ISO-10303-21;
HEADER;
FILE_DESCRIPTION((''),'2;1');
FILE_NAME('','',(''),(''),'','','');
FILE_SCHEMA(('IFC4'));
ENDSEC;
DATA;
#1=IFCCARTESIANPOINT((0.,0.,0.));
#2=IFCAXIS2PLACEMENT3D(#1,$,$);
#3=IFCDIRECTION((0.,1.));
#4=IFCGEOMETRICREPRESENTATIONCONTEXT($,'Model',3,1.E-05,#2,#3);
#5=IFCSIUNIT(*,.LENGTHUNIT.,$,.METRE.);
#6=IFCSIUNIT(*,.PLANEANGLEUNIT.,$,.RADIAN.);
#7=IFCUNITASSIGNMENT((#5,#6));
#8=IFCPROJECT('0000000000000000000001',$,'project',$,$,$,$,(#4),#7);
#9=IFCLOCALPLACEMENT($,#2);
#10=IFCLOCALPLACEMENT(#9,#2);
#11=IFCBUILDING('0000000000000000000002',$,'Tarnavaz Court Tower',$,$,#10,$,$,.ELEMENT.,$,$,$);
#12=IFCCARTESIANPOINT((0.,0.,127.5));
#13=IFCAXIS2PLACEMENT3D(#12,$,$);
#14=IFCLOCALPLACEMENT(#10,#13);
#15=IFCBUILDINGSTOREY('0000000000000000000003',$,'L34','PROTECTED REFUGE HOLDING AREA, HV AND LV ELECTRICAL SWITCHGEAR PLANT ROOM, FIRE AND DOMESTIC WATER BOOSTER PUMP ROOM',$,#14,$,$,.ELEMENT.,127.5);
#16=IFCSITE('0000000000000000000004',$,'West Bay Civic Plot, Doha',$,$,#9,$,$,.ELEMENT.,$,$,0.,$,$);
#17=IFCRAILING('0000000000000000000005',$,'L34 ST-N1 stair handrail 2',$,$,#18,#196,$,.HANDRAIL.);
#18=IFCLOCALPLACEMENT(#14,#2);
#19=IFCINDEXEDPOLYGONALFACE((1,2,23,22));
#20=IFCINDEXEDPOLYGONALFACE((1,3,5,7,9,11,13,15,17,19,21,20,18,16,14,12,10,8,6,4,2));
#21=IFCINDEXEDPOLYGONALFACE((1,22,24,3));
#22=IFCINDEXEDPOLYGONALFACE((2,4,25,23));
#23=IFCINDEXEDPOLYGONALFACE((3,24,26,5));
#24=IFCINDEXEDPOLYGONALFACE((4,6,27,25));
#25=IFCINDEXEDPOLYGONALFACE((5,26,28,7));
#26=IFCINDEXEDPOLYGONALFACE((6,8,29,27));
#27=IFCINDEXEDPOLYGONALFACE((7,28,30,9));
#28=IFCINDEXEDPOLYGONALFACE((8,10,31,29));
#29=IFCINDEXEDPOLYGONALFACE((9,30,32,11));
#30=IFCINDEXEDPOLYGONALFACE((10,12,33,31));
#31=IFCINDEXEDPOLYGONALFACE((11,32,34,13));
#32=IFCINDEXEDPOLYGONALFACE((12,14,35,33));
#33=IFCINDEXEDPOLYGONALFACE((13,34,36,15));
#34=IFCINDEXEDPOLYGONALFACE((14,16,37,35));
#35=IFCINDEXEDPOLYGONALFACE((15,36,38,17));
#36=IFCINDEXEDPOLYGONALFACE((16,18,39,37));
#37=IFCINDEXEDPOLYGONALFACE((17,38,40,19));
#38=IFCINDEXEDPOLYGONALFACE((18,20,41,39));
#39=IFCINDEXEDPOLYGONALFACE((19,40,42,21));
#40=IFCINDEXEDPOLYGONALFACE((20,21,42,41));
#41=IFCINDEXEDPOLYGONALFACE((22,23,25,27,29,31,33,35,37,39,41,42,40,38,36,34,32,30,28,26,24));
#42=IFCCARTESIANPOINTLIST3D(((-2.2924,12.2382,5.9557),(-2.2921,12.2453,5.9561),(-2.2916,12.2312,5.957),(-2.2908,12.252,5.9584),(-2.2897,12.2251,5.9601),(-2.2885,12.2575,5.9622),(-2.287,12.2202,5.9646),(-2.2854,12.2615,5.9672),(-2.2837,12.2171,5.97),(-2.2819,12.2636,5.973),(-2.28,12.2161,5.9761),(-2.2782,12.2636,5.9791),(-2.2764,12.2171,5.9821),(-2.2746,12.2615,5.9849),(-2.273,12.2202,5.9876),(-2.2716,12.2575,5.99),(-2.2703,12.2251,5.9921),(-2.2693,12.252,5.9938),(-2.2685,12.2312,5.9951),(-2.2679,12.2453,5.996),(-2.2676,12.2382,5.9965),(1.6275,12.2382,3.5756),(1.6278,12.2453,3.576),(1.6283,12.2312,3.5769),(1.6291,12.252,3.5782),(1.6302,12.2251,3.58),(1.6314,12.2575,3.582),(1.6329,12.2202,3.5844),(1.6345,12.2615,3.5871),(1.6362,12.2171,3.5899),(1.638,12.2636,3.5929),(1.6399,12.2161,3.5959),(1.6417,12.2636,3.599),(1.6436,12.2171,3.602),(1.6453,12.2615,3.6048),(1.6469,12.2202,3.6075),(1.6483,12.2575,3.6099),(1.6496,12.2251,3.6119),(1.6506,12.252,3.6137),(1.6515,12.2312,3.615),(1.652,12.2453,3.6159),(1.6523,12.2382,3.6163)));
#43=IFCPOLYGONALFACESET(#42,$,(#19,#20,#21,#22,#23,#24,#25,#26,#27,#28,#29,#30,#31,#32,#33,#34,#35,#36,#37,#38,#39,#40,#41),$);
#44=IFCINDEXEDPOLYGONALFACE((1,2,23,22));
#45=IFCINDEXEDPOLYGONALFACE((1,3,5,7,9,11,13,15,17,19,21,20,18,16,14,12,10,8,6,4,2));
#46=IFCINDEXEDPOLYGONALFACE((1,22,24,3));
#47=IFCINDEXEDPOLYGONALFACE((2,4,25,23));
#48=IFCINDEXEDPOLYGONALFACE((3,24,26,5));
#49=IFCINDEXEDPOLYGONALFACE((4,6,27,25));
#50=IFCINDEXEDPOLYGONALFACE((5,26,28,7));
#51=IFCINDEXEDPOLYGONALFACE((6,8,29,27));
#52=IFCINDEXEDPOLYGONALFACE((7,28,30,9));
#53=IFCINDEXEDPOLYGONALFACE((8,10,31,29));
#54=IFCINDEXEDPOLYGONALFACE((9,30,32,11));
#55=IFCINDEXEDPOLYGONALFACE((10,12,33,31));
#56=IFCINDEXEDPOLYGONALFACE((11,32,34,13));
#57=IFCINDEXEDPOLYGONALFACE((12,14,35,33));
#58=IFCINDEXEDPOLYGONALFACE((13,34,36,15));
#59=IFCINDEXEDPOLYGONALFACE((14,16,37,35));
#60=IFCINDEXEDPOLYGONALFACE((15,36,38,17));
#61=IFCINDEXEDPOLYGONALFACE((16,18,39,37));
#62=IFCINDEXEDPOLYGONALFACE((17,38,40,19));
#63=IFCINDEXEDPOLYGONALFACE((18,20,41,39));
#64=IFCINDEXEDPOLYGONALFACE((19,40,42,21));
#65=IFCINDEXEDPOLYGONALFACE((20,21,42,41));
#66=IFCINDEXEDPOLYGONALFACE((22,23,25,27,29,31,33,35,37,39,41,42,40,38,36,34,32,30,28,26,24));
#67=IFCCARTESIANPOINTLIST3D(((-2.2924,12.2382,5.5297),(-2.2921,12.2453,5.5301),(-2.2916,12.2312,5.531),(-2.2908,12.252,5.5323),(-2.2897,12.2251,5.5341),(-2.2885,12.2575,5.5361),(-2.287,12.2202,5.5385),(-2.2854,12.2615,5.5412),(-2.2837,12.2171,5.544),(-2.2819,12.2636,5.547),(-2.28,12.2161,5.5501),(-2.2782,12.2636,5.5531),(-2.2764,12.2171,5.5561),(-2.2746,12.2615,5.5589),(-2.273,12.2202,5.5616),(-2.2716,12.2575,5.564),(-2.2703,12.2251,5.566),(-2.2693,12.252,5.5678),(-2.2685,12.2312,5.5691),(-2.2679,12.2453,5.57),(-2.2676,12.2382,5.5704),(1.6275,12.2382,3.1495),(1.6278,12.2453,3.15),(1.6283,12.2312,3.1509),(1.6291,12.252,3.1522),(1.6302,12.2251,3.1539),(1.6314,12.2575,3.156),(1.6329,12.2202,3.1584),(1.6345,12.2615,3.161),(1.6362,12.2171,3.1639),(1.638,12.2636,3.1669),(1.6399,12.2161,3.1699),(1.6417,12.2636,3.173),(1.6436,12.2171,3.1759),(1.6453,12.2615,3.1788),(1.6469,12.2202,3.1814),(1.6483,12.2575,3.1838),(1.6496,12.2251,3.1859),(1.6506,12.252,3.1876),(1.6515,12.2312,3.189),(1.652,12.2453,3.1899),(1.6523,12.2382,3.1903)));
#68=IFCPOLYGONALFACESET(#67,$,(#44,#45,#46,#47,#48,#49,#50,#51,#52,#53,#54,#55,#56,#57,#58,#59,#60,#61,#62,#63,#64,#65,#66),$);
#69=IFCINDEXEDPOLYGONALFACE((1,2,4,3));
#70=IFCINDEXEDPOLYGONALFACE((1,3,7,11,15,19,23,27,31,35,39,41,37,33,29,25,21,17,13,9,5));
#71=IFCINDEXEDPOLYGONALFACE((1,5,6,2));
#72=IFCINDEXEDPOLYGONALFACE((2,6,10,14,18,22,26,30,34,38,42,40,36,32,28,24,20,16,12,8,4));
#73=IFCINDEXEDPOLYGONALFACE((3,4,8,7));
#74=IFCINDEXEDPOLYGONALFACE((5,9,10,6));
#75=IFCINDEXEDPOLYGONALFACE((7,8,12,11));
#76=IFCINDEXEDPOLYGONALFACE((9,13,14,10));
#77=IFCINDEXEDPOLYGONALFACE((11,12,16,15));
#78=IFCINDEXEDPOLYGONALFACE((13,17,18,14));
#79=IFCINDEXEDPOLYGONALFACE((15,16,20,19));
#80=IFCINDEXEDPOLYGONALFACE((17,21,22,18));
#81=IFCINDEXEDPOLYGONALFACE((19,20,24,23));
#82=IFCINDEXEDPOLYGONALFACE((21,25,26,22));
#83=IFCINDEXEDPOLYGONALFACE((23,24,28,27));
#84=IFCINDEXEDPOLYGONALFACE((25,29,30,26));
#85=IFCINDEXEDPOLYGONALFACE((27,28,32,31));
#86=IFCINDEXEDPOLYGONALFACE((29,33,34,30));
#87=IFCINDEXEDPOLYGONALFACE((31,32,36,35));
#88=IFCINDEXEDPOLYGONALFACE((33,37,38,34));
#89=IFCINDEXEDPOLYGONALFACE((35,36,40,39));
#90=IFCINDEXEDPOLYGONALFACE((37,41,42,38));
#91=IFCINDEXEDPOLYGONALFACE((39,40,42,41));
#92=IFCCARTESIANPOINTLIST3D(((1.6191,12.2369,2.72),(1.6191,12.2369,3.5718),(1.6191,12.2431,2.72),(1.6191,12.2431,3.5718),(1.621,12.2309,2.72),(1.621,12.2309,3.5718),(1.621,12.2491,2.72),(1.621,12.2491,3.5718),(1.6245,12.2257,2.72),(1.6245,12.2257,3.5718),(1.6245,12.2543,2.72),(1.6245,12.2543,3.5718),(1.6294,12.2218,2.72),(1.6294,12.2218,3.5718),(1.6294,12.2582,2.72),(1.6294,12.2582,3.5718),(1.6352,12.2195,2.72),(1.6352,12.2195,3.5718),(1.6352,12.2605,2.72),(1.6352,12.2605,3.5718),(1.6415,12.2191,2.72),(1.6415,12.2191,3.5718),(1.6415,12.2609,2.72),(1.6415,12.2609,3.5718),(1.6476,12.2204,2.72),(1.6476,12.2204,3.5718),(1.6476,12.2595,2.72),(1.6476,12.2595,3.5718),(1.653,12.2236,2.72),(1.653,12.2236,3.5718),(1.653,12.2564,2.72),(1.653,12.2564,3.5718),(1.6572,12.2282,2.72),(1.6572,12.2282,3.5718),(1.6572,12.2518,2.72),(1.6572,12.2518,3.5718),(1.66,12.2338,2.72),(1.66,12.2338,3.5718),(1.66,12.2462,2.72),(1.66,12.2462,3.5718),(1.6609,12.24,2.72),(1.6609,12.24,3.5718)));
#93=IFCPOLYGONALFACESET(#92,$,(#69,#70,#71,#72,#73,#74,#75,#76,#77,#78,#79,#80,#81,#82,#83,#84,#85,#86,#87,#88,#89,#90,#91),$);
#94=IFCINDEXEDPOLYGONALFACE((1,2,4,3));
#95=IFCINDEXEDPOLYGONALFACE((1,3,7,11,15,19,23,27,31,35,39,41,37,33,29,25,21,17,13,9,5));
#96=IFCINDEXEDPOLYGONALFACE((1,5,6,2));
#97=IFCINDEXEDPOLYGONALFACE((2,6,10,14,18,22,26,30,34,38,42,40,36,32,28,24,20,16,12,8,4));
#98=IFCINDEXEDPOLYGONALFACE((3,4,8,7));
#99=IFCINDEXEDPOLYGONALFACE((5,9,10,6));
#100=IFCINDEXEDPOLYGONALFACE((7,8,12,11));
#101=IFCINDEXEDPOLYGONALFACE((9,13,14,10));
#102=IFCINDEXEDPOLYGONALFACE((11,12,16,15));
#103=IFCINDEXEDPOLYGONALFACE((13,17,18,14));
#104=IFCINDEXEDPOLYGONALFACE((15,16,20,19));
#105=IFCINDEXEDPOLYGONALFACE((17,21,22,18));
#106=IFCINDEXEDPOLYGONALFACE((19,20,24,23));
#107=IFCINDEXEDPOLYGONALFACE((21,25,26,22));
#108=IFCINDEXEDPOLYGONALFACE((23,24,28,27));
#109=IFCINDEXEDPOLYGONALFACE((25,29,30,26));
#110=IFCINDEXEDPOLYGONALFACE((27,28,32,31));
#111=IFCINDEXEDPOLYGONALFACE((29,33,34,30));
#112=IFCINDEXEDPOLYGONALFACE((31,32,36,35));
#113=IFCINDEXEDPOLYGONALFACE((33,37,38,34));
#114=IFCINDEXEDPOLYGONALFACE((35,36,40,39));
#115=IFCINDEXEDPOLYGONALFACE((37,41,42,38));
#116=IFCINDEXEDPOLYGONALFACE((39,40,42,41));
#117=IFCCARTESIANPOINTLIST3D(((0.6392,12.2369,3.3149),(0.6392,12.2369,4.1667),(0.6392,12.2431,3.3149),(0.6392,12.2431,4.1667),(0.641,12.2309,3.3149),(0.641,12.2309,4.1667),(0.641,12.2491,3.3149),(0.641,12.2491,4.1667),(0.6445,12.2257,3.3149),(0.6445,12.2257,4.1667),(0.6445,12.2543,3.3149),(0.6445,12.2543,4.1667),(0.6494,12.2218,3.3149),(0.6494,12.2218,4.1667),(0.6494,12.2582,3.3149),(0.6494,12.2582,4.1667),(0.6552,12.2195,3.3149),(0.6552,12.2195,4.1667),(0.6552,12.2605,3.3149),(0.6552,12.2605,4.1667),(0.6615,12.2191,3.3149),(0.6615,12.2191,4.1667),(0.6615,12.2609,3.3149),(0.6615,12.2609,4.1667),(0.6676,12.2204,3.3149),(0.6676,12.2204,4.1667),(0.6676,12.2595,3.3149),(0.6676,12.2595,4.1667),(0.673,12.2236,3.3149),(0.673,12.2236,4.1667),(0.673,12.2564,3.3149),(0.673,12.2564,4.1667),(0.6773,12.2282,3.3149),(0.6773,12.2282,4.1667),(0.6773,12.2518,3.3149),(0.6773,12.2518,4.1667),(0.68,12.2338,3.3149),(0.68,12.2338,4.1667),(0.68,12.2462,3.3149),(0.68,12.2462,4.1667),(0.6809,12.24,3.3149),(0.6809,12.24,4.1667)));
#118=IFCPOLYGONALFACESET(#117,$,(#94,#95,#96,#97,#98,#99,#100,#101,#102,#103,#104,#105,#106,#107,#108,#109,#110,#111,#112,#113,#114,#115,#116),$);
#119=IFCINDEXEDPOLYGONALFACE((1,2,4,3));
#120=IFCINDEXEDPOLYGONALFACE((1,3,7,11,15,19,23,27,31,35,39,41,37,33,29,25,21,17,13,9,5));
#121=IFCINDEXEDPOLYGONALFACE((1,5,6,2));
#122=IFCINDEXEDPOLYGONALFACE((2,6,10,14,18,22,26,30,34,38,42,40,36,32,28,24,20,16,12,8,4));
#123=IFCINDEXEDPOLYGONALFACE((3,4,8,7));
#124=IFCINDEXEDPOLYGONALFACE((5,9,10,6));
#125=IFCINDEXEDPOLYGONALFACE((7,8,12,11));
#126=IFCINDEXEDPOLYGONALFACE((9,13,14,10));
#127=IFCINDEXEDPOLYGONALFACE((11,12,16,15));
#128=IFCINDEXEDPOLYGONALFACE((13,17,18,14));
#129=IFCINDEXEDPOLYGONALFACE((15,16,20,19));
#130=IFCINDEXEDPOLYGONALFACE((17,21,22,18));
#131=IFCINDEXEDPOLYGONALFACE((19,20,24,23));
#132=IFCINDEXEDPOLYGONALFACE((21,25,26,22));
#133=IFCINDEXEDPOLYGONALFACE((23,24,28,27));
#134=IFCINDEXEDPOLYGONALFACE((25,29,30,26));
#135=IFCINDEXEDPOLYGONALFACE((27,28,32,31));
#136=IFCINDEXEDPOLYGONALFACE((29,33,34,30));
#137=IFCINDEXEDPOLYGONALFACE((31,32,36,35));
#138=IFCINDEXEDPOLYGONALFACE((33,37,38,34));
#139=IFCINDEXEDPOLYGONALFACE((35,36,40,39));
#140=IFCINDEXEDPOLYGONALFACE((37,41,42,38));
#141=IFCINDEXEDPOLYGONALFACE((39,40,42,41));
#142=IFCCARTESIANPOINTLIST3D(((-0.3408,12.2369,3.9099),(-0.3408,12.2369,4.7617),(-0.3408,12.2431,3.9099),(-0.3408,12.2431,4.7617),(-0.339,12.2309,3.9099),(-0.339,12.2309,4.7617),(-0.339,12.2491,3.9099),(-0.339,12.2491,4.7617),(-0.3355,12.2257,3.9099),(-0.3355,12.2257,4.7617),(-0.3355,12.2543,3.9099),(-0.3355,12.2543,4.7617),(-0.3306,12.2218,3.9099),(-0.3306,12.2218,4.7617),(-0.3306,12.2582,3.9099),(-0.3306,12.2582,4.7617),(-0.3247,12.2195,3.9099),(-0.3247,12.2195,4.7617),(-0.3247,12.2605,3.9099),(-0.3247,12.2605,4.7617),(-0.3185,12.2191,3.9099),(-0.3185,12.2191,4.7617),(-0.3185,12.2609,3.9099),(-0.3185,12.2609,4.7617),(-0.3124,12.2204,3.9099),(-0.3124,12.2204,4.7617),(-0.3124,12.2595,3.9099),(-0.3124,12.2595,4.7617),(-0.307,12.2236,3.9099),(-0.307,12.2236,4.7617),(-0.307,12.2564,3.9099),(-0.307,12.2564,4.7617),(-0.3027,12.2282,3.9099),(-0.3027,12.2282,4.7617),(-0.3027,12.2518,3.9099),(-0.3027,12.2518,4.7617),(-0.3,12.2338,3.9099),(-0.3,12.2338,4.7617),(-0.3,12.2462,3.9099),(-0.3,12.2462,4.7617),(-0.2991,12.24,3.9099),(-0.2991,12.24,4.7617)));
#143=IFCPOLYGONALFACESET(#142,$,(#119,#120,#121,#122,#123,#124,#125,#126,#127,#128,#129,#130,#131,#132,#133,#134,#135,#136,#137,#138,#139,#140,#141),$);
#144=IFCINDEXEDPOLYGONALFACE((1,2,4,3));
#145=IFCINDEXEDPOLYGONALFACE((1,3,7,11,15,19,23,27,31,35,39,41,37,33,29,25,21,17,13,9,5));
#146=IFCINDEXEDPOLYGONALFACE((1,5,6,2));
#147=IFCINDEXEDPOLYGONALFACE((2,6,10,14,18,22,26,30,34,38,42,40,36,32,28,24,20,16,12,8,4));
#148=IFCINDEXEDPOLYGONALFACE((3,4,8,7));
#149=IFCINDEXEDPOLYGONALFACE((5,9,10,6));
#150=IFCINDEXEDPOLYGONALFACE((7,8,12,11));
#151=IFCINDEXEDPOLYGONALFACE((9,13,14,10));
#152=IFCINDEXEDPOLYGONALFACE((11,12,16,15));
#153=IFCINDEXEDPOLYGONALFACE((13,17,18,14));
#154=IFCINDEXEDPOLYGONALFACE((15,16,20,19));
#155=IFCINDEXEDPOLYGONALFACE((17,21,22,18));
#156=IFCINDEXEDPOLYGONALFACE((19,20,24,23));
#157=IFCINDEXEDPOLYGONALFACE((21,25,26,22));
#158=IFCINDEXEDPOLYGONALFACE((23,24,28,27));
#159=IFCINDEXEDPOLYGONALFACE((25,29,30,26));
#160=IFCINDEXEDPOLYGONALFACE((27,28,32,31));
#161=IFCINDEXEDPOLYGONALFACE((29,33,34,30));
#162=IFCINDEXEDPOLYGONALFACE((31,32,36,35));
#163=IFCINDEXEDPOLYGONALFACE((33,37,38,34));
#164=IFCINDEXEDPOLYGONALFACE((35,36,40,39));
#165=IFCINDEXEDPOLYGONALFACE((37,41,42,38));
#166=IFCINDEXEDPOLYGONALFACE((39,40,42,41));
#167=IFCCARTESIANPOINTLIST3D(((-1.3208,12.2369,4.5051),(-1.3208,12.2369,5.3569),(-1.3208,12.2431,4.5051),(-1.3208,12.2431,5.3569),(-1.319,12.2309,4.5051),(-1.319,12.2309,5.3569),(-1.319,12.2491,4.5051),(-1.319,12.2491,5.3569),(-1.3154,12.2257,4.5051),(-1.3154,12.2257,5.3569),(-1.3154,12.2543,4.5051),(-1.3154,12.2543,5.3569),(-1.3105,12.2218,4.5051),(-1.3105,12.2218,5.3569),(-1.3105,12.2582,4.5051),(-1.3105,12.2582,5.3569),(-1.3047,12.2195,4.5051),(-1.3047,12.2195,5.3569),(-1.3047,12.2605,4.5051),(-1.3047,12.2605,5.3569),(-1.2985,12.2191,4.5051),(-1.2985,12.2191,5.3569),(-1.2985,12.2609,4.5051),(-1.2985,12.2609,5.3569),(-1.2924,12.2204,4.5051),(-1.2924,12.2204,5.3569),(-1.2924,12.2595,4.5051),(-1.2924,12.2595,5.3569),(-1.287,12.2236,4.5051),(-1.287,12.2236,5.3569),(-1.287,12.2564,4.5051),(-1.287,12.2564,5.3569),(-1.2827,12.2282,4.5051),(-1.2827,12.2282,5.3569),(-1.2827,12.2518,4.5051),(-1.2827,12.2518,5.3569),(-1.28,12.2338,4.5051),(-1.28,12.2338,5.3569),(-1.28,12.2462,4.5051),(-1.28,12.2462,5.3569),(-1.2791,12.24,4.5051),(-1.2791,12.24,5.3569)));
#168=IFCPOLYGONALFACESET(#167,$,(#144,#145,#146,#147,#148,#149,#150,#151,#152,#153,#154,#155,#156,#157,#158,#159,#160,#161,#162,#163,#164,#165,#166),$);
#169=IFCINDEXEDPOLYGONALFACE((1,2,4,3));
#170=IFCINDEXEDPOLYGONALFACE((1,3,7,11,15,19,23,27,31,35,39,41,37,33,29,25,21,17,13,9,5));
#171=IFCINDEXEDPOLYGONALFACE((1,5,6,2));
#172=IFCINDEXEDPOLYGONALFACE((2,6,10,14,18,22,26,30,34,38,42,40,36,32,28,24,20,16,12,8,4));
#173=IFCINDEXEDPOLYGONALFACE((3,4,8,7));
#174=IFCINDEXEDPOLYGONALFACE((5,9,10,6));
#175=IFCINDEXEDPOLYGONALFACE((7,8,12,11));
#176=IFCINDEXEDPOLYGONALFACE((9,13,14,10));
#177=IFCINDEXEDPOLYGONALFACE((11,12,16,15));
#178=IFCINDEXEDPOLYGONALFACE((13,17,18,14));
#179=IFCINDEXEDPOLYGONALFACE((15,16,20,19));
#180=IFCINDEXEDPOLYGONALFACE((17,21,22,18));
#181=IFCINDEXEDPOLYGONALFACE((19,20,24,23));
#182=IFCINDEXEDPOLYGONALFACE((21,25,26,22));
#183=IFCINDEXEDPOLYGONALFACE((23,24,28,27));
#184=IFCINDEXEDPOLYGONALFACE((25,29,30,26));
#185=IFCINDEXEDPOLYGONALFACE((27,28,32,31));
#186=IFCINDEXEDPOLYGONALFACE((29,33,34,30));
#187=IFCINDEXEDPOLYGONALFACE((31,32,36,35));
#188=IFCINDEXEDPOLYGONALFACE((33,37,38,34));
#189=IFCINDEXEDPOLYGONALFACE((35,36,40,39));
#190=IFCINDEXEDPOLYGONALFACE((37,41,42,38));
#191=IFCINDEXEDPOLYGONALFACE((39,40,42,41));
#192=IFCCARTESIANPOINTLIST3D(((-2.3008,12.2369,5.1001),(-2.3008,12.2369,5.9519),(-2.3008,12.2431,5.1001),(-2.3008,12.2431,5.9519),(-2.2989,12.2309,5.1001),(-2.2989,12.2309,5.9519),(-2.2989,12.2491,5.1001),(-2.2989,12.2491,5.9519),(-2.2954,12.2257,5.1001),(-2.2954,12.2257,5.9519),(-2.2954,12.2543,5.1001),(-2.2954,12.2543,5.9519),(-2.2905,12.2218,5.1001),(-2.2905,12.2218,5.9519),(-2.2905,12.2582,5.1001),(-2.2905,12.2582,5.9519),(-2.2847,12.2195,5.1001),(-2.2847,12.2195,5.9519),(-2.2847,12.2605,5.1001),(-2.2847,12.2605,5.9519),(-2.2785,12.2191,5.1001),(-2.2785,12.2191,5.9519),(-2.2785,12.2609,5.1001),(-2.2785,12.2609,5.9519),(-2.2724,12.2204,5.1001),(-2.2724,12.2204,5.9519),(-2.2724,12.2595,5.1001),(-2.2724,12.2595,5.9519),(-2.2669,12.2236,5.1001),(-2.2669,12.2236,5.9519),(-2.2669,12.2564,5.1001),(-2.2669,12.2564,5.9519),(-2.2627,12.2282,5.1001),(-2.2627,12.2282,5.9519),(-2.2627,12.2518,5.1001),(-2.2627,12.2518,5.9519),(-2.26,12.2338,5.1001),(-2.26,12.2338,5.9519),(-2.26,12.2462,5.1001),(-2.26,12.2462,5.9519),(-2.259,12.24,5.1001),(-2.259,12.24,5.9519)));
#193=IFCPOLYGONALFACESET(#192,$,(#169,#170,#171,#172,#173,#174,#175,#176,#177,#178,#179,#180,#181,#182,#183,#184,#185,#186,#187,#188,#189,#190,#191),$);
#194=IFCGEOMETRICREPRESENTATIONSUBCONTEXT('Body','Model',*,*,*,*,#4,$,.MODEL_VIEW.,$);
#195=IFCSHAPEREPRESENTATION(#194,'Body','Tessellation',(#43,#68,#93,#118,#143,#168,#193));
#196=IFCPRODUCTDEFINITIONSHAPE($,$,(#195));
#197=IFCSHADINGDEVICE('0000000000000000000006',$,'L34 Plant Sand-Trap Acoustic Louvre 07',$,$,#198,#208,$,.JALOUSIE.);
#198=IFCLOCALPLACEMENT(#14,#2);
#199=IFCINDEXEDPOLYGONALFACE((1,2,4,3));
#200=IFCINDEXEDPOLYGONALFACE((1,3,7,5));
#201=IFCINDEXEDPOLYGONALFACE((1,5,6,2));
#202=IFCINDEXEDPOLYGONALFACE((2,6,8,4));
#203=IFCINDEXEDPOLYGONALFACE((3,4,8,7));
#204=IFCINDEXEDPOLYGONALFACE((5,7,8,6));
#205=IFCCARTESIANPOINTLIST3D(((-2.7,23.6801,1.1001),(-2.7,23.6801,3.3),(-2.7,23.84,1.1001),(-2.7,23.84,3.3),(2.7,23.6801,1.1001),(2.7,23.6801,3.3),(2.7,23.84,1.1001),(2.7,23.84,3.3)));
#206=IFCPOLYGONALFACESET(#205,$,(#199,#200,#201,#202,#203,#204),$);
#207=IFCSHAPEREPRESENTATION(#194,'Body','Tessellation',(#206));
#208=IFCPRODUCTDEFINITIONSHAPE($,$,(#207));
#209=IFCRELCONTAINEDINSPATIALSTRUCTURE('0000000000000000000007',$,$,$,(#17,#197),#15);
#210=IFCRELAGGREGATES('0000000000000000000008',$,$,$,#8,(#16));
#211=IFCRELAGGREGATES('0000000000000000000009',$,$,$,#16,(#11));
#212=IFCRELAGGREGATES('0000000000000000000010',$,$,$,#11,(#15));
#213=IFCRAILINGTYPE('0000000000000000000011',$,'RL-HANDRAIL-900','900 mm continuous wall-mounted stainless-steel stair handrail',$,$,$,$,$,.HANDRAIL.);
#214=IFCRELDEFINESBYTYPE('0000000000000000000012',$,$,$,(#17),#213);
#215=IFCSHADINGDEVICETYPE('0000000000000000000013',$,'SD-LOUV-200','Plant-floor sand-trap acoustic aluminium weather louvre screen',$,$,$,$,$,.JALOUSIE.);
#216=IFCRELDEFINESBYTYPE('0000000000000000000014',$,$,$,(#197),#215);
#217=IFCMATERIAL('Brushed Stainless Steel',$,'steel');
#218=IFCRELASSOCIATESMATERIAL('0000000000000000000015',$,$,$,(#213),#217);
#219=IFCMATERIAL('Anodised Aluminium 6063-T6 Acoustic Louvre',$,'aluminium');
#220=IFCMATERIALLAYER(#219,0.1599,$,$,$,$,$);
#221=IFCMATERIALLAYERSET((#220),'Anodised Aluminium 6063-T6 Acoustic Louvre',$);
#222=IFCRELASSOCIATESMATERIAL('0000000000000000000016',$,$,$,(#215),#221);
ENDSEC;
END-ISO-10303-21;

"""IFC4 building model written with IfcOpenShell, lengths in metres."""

from ifc_helpers import new_model, si_unit, direction, frame, origin, origin_2d, place, context, subcontext, project, spatial, rectangle, circle, extrude, material, layer, layer_set, type_object, element, save


model = new_model("IFC4")

# Units and contexts
model_context = context("Model", 3, precision=1e-05, world=origin(), true_north=direction((0.0, 1.0)))
body_context = subcontext(model_context, "Body", "Model", "MODEL_VIEW")
ifc_project = project(units=[si_unit("LENGTHUNIT", "METRE"), si_unit("PLANEANGLEUNIT", "RADIAN")], contexts=[model_context])

# Site, building, storey
site_placement = place(None, origin())
site = spatial("IfcSite", under=ifc_project, at=site_placement, Name="West Bay Civic Plot, Doha", CompositionType="ELEMENT", RefElevation=0.0)
building_placement = place(site_placement, origin())
building = spatial("IfcBuilding", under=site, at=building_placement, Name="Tarnavaz Court Tower", CompositionType="ELEMENT")
storey_placement = place(building_placement, frame((0.0, 0.0, 127.5)))
storey = spatial("IfcBuildingStorey", under=building, at=storey_placement, Name="L34", Description="PROTECTED REFUGE HOLDING AREA, HV AND LV ELECTRICAL SWITCHGEAR PLANT ROOM, FIRE AND DOMESTIC WATER BOOSTER PUMP ROOM", CompositionType="ELEMENT", Elevation=127.5)

# Railing
ifc_material_1 = material(Name="Brushed Stainless Steel", Category="steel")
railing_type = type_object("IfcRailingType", Name="RL-HANDRAIL-900", Description="900 mm continuous wall-mounted stainless-steel stair handrail", PredefinedType="HANDRAIL", material=ifc_material_1)
railing_placement = place(storey_placement, frame((1.6399, 12.24, 2.72)))
element("IfcRailing", 1, at=railing_placement, inside=storey, type_object=railing_type, Name="L34 ST-N1 stair handrail 2", PredefinedType="HANDRAIL", context=body_context, shape_type="SweptSolid", body=[
    extrude(circle(Radius=0.0239, at=origin_2d()), frame((0.0, 0.0, 0.876), z_axis=(-0.854771, 0.0, 0.519006), x_axis=(0.0, -1.0, 0.0)), (0.0, 0.0, 1.0), 4.5859),
    extrude(circle(Radius=0.0239, at=origin_2d()), frame((0.0, 0.0, 0.45), z_axis=(-0.854771, 0.0, 0.519006), x_axis=(0.0, -1.0, 0.0)), (0.0, 0.0, 1.0), 4.5859),
    extrude(circle(Radius=0.021, at=origin_2d()), origin(), (0.0, 0.0, 1.0), 0.8518),
    extrude(circle(Radius=0.021, at=origin_2d()), frame((-0.98, 0.0, 0.595)), (0.0, 0.0, 1.0), 0.8518),
    extrude(circle(Radius=0.021, at=origin_2d()), frame((-1.96, 0.0, 1.1899)), (0.0, 0.0, 1.0), 0.8518),
    extrude(circle(Radius=0.021, at=origin_2d()), frame((-2.9399, 0.0, 1.7852)), (0.0, 0.0, 1.0), 0.8518),
    extrude(circle(Radius=0.021, at=origin_2d()), frame((-3.9199, 0.0, 2.3801)), (0.0, 0.0, 1.0), 0.8518),
])

# Shading device
ifc_material_2 = material(Name="Anodised Aluminium 6063-T6 Acoustic Louvre", Category="aluminium")
ifc_layer_1 = layer(ifc_material_2, 0.1599)
ifc_layer_set_1 = layer_set([ifc_layer_1], Name="Anodised Aluminium 6063-T6 Acoustic Louvre")
shading_device_type = type_object("IfcShadingDeviceType", Name="SD-LOUV-200", Description="Plant-floor sand-trap acoustic aluminium weather louvre screen", PredefinedType="JALOUSIE", material=ifc_layer_set_1)
shading_device_placement = place(storey_placement, frame((0.0, 23.76, 1.1001), z_axis=(0.0, 0.0, 1.0), x_axis=(1.0, 0.0, 0.0)))
element("IfcShadingDevice", 2, at=shading_device_placement, inside=storey, type_object=shading_device_type, Name="L34 Plant Sand-Trap Acoustic Louvre 07", PredefinedType="JALOUSIE", context=body_context, shape_type="SweptSolid", body=[
    extrude(rectangle(XDim=5.3999, YDim=0.1599, at=origin_2d()), origin(), (0.0, 0.0, 1.0), 2.2),
])

save(model, "model.ifc")
